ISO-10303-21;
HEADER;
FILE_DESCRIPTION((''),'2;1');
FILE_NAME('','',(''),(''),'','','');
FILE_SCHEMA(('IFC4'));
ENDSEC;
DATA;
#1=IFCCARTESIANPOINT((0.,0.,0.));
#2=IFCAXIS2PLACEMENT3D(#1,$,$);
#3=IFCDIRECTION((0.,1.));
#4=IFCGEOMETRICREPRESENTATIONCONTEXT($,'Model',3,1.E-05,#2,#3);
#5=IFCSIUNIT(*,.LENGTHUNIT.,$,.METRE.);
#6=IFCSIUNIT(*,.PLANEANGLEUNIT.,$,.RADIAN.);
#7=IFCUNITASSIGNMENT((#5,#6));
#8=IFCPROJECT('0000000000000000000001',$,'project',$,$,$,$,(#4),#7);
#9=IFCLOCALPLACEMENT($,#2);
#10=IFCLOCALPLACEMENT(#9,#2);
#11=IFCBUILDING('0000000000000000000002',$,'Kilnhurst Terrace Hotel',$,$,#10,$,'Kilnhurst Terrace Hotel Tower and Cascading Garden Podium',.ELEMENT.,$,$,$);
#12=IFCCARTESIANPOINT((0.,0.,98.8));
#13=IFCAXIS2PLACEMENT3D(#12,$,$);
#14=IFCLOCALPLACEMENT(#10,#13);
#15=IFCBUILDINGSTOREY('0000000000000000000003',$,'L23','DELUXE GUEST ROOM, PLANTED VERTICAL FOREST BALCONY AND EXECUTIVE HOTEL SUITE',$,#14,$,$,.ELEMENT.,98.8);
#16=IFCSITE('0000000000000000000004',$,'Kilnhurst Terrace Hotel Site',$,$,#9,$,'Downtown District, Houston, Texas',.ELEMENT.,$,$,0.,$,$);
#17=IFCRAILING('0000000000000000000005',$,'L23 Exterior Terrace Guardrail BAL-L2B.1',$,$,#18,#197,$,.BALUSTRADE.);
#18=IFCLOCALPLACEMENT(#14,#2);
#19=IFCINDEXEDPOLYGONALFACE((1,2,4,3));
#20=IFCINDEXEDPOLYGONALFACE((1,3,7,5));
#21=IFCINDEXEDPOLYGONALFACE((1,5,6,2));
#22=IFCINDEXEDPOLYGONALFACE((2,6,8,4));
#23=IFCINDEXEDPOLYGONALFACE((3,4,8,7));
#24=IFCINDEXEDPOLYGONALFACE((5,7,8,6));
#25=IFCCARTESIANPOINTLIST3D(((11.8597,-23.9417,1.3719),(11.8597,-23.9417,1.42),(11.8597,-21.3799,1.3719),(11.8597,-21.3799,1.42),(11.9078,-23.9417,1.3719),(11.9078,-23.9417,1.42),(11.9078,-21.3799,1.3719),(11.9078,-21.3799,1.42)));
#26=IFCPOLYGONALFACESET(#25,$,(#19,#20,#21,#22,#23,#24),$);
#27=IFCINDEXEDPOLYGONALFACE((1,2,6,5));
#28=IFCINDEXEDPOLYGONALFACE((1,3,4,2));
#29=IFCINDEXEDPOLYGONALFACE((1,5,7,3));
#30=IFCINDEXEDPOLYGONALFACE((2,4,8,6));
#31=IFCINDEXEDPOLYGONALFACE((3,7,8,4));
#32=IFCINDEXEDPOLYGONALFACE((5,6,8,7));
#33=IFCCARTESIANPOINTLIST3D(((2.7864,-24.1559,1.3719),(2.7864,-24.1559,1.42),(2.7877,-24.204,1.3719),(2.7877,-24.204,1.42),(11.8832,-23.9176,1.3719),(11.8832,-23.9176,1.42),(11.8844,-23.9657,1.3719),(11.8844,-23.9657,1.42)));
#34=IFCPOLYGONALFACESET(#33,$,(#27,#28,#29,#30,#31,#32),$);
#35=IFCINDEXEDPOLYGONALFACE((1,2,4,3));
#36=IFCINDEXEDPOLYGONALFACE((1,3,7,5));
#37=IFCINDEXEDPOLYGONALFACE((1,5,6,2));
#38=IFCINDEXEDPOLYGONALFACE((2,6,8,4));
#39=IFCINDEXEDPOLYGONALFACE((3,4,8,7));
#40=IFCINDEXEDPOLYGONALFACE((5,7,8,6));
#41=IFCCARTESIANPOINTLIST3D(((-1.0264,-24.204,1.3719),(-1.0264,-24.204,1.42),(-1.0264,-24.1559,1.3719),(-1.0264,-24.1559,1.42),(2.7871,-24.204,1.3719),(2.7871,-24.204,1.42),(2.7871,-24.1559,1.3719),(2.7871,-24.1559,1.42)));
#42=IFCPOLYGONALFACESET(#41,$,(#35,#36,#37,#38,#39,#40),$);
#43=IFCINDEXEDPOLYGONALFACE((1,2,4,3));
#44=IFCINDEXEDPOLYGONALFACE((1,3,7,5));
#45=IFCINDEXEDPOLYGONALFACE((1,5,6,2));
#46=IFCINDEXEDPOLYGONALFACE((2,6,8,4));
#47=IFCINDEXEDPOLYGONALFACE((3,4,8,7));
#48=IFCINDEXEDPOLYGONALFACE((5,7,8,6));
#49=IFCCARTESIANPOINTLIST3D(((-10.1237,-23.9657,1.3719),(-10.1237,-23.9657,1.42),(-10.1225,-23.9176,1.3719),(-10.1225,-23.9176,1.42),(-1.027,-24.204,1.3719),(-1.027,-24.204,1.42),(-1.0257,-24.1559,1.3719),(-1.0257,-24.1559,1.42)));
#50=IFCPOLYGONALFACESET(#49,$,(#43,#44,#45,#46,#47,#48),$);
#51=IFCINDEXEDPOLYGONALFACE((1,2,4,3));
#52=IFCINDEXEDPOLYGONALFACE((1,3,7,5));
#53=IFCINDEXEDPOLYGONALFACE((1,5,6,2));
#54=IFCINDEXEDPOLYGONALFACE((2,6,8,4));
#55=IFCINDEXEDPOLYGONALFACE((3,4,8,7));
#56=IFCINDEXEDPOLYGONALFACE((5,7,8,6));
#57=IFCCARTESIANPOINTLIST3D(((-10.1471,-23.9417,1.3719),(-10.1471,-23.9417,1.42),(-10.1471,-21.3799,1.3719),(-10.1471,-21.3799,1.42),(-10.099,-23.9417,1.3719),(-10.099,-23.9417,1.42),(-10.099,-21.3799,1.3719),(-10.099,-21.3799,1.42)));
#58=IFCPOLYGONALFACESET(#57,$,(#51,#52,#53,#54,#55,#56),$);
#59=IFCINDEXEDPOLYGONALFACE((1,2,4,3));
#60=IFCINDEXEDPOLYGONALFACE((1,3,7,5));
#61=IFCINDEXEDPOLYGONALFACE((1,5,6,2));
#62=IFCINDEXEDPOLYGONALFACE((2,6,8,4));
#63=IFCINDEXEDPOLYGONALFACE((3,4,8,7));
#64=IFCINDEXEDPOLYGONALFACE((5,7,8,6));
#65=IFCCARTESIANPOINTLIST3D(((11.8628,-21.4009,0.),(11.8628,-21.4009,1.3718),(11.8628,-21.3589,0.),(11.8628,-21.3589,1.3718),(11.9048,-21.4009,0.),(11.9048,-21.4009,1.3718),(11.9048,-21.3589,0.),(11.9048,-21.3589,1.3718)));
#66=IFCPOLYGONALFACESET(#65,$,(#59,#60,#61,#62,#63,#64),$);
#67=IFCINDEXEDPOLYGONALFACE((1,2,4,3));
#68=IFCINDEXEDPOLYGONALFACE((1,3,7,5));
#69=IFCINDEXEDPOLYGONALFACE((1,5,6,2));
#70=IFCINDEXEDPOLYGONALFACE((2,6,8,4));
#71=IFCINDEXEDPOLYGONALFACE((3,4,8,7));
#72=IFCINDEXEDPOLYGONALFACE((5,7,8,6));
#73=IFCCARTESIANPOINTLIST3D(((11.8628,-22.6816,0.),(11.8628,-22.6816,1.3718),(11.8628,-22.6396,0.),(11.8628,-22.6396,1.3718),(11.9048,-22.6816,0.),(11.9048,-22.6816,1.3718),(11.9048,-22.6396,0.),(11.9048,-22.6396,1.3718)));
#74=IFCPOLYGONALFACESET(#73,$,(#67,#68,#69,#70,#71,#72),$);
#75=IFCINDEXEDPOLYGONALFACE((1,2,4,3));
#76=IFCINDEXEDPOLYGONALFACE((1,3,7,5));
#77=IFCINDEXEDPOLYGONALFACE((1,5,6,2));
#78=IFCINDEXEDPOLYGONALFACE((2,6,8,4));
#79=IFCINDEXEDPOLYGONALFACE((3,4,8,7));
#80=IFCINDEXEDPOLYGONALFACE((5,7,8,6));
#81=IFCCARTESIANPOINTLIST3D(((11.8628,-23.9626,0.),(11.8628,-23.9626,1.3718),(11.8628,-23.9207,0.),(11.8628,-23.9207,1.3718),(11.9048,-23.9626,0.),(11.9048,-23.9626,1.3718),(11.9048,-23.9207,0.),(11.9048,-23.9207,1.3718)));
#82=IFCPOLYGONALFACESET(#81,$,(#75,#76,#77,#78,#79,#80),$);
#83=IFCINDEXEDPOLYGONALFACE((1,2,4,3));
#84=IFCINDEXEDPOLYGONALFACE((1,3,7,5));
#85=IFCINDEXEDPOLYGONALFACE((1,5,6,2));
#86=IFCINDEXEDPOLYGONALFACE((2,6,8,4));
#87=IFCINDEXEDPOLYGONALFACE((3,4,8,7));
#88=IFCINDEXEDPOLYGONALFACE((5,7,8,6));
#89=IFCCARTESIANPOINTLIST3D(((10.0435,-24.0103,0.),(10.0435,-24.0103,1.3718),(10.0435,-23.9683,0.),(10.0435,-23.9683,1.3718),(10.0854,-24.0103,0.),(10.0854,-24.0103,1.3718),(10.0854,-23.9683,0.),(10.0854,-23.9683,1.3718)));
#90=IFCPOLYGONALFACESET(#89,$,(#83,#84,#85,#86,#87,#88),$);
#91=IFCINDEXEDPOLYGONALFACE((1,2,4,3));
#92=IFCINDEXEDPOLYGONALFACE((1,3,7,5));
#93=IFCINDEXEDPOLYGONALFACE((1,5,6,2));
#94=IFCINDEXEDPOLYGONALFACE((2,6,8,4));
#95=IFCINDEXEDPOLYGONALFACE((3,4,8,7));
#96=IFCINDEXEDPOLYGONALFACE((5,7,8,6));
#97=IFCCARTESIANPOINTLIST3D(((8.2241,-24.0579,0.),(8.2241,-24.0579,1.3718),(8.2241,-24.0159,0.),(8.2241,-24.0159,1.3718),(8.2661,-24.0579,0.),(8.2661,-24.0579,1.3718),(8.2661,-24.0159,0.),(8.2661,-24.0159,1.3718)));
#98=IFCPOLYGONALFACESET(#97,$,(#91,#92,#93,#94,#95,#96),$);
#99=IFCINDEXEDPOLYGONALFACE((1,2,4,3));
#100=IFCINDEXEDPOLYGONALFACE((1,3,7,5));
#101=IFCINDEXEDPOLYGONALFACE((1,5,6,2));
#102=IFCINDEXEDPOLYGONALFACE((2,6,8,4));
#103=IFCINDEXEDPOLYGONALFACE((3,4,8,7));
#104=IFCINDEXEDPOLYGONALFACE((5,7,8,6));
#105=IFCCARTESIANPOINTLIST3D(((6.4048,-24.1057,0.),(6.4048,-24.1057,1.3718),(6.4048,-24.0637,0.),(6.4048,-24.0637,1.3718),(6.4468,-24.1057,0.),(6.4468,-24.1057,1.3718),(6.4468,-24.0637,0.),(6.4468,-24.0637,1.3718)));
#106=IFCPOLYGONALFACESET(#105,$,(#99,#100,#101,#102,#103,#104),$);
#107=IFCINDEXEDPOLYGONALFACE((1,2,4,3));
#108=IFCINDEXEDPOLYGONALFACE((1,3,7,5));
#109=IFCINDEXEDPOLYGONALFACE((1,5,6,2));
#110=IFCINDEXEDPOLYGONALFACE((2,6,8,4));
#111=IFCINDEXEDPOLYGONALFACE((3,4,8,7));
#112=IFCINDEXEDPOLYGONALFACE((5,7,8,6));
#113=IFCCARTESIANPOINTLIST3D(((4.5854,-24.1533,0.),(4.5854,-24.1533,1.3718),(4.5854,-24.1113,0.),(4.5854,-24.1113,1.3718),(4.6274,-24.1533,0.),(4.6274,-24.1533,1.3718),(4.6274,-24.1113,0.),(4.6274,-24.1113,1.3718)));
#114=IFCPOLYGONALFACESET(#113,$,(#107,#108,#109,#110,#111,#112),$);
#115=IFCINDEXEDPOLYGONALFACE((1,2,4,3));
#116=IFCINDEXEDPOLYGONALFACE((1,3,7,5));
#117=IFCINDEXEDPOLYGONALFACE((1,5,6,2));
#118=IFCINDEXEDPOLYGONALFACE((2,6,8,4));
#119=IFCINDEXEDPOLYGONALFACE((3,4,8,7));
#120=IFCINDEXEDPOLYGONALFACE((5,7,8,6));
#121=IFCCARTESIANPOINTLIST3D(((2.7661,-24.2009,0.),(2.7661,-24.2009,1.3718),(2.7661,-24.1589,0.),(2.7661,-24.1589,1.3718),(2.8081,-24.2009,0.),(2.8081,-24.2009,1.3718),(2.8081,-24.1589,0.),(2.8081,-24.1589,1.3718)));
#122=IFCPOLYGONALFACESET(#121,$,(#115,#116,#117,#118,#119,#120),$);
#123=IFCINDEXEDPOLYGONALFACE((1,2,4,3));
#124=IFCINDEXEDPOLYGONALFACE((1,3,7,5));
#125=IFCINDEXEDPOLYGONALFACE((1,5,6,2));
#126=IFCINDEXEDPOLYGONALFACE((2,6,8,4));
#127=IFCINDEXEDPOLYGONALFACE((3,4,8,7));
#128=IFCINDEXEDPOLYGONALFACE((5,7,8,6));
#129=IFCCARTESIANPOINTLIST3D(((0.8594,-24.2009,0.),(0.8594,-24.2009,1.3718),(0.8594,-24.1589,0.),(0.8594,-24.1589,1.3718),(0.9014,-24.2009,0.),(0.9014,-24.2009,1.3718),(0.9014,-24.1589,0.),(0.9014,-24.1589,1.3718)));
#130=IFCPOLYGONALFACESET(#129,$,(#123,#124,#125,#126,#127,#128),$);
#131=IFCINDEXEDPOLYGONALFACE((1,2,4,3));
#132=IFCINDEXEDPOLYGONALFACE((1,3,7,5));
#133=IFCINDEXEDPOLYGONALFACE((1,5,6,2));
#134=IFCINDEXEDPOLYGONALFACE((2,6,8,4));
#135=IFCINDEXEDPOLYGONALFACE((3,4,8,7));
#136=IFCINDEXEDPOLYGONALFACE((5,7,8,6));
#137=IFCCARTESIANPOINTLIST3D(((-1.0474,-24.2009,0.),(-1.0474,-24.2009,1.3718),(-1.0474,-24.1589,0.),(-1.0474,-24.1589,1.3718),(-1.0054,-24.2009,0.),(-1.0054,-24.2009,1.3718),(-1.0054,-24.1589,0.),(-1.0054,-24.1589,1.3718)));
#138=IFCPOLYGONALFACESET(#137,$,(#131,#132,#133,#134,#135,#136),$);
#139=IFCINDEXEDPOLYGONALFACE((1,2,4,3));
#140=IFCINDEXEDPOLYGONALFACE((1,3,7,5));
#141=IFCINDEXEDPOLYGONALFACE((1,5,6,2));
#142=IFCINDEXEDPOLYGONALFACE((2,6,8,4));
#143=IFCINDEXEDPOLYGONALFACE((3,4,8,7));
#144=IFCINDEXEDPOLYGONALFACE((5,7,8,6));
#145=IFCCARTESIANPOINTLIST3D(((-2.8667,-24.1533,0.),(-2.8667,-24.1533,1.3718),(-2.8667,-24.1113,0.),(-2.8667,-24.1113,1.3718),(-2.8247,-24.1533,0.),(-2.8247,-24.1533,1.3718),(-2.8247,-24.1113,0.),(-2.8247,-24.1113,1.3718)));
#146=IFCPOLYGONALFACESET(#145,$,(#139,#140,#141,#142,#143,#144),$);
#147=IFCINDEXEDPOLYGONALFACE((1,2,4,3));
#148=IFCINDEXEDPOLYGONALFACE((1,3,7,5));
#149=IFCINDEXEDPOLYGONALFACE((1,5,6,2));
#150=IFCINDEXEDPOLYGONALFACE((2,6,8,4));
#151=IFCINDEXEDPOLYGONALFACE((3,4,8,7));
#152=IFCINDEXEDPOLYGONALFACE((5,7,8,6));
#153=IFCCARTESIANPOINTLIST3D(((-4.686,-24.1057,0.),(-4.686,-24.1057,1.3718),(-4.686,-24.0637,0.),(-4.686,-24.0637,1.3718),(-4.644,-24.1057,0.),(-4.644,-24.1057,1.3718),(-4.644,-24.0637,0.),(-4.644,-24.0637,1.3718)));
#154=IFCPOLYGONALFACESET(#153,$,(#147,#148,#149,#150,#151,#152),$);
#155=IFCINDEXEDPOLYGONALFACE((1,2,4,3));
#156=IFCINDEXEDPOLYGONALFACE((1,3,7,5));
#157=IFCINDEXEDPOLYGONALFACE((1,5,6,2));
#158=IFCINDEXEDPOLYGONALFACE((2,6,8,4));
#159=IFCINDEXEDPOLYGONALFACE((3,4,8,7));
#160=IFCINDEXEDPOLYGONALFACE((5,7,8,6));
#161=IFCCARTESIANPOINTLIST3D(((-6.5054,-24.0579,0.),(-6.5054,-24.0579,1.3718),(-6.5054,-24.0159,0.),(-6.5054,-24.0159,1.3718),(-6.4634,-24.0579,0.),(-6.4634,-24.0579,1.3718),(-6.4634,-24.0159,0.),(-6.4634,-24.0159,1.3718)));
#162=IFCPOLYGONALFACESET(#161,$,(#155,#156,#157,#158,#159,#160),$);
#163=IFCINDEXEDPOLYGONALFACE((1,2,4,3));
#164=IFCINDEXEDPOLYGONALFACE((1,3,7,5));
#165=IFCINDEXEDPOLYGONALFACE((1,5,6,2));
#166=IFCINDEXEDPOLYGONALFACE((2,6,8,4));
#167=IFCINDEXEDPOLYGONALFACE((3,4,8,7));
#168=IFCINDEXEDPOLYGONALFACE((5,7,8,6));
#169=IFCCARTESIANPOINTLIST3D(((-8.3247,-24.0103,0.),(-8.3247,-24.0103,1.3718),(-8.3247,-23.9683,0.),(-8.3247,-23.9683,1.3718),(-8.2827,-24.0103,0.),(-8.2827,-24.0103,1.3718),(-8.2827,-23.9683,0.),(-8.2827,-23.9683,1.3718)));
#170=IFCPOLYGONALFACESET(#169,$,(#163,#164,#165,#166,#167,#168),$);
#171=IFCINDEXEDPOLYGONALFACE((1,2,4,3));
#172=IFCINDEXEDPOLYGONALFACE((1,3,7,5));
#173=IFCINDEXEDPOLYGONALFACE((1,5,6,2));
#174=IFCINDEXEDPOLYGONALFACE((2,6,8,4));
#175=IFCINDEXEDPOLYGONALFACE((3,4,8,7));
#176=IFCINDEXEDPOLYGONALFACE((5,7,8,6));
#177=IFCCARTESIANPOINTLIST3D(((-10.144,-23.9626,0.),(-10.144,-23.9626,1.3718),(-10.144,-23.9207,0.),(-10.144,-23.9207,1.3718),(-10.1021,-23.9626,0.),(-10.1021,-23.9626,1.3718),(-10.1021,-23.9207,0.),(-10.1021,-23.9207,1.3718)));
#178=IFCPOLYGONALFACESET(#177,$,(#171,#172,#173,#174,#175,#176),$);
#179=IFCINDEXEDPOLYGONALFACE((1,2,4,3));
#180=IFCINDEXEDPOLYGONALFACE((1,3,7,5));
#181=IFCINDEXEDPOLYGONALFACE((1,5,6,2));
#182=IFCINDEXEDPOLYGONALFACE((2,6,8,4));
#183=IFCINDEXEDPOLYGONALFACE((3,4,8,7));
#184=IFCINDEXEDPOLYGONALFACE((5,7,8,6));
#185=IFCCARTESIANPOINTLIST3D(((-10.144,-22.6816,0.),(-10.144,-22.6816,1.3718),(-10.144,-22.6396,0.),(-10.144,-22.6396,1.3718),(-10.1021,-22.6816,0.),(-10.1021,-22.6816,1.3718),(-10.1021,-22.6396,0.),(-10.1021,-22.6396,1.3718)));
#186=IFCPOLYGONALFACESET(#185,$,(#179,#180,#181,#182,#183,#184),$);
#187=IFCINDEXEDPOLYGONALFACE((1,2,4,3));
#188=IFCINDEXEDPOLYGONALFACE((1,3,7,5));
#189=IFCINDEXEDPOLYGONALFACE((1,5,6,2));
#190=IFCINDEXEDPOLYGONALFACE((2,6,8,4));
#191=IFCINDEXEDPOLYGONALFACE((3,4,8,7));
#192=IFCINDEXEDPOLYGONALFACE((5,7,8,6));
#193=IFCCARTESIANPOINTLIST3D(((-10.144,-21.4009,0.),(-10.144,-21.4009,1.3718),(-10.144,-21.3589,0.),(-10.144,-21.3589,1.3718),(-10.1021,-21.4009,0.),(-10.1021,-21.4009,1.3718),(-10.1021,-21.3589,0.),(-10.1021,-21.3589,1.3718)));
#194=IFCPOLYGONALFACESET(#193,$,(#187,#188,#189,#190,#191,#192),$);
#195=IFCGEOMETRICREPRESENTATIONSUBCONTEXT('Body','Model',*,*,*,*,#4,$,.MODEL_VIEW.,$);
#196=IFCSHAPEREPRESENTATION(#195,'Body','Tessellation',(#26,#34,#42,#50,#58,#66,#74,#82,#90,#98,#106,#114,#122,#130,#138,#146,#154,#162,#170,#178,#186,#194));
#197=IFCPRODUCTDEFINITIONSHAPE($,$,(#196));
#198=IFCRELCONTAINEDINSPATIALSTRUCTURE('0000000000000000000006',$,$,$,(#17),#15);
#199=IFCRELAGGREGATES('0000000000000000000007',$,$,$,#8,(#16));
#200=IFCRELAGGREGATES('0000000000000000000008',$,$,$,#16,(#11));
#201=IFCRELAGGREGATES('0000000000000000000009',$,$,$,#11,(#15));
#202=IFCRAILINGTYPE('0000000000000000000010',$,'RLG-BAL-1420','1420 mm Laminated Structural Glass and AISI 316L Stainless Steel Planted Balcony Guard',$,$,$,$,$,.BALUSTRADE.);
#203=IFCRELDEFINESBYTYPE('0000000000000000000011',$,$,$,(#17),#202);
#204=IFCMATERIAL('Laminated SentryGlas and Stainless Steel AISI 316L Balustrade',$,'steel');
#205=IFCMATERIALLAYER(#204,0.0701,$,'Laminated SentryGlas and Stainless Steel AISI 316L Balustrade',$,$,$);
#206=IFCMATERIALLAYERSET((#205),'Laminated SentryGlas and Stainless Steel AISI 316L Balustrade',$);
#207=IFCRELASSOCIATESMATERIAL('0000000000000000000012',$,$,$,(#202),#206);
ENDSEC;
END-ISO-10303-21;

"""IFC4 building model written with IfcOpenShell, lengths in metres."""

from ifc_helpers import new_model, si_unit, direction, frame, origin, origin_2d, place, context, subcontext, project, spatial, rectangle, extrude, material, layer, layer_set, type_object, element, save


model = new_model("IFC4")

# Units and contexts
model_context = context("Model", 3, precision=1e-05, world=origin(), true_north=direction((0.0, 1.0)))
body_context = subcontext(model_context, "Body", "Model", "MODEL_VIEW")
ifc_project = project(units=[si_unit("LENGTHUNIT", "METRE"), si_unit("PLANEANGLEUNIT", "RADIAN")], contexts=[model_context])

# Site, building, storey
site_placement = place(None, origin())
site = spatial("IfcSite", under=ifc_project, at=site_placement, Name="Kilnhurst Terrace Hotel Site", LongName="Downtown District, Houston, Texas", CompositionType="ELEMENT", RefElevation=0.0)
building_placement = place(site_placement, origin())
building = spatial("IfcBuilding", under=site, at=building_placement, Name="Kilnhurst Terrace Hotel", LongName="Kilnhurst Terrace Hotel Tower and Cascading Garden Podium", CompositionType="ELEMENT")
storey_placement = place(building_placement, frame((0.0, 0.0, 98.8)))
storey = spatial("IfcBuildingStorey", under=building, at=storey_placement, Name="L23", Description="DELUXE GUEST ROOM, PLANTED VERTICAL FOREST BALCONY AND EXECUTIVE HOTEL SUITE", CompositionType="ELEMENT", Elevation=98.8)

# Railing
ifc_material_1 = material(Name="Laminated SentryGlas and Stainless Steel AISI 316L Balustrade", Category="steel")
ifc_layer_1 = layer(ifc_material_1, 0.0701, Name="Laminated SentryGlas and Stainless Steel AISI 316L Balustrade")
ifc_layer_set_1 = layer_set([ifc_layer_1], Name="Laminated SentryGlas and Stainless Steel AISI 316L Balustrade")
railing_type = type_object("IfcRailingType", Name="RLG-BAL-1420", Description="1420 mm Laminated Structural Glass and AISI 316L Stainless Steel Planted Balcony Guard", PredefinedType="BALUSTRADE", material=ifc_layer_set_1)
railing_placement = place(storey_placement, frame((11.8838, -21.3799, 0.0)))
element("IfcRailing", 1, at=railing_placement, inside=storey, type_object=railing_type, Name="L23 Exterior Terrace Guardrail BAL-L2B.1", PredefinedType="BALUSTRADE", context=body_context, shape_type="SweptSolid", body=[
    extrude(rectangle(XDim=0.0481, YDim=0.0481, at=origin_2d()), frame((0.0, 0.0, 1.396), z_axis=(0.0, -1.0, 0.0), x_axis=(1.0, 0.0, 0.0)), (0.0, 0.0, 1.0), 2.5618),
    extrude(rectangle(XDim=0.0481, YDim=0.0481, at=origin_2d()), frame((0.0, -2.5618, 1.396), z_axis=(-0.999657, -0.026185, 0.0), x_axis=(0.026185, -0.999657, 0.0)), (0.0, 0.0, 1.0), 9.0999),
    extrude(rectangle(XDim=0.0481, YDim=0.0481, at=origin_2d()), frame((-9.0967, -2.8, 1.396), z_axis=(-1.0, 0.0, 0.0), x_axis=(0.0, -1.0, 0.0)), (0.0, 0.0, 1.0), 3.8135),
    extrude(rectangle(XDim=0.0481, YDim=0.0481, at=origin_2d()), frame((-12.9102, -2.8, 1.396), z_axis=(-0.999657, 0.026185, 0.0), x_axis=(-0.026185, -0.999657, 0.0)), (0.0, 0.0, 1.0), 9.0999),
    extrude(rectangle(XDim=0.0481, YDim=0.0481, at=origin_2d()), frame((-22.0068, -2.5618, 1.396), z_axis=(0.0, 1.0, 0.0), x_axis=(-1.0, 0.0, 0.0)), (0.0, 0.0, 1.0), 2.5618),
    extrude(rectangle(XDim=0.042, YDim=0.042, at=origin_2d()), origin(), (0.0, 0.0, 1.0), 1.3718),
    extrude(rectangle(XDim=0.042, YDim=0.042, at=origin_2d()), frame((0.0, -1.2808, 0.0)), (0.0, 0.0, 1.0), 1.3718),
    extrude(rectangle(XDim=0.042, YDim=0.042, at=origin_2d()), frame((0.0, -2.5618, 0.0)), (0.0, 0.0, 1.0), 1.3718),
    extrude(rectangle(XDim=0.042, YDim=0.042, at=origin_2d()), frame((-1.8193, -2.6094, 0.0)), (0.0, 0.0, 1.0), 1.3718),
    extrude(rectangle(XDim=0.042, YDim=0.042, at=origin_2d()), frame((-3.6387, -2.657, 0.0)), (0.0, 0.0, 1.0), 1.3718),
    extrude(rectangle(XDim=0.042, YDim=0.042, at=origin_2d()), frame((-5.458, -2.7048, 0.0)), (0.0, 0.0, 1.0), 1.3718),
    extrude(rectangle(XDim=0.042, YDim=0.042, at=origin_2d()), frame((-7.2773, -2.7524, 0.0)), (0.0, 0.0, 1.0), 1.3718),
    extrude(rectangle(XDim=0.042, YDim=0.042, at=origin_2d()), frame((-9.0967, -2.8, 0.0)), (0.0, 0.0, 1.0), 1.3718),
    extrude(rectangle(XDim=0.042, YDim=0.042, at=origin_2d()), frame((-11.0034, -2.8, 0.0)), (0.0, 0.0, 1.0), 1.3718),
    extrude(rectangle(XDim=0.042, YDim=0.042, at=origin_2d()), frame((-12.9102, -2.8, 0.0)), (0.0, 0.0, 1.0), 1.3718),
    extrude(rectangle(XDim=0.042, YDim=0.042, at=origin_2d()), frame((-14.7295, -2.7524, 0.0)), (0.0, 0.0, 1.0), 1.3718),
    extrude(rectangle(XDim=0.042, YDim=0.042, at=origin_2d()), frame((-16.5488, -2.7048, 0.0)), (0.0, 0.0, 1.0), 1.3718),
    extrude(rectangle(XDim=0.042, YDim=0.042, at=origin_2d()), frame((-18.3682, -2.657, 0.0)), (0.0, 0.0, 1.0), 1.3718),
    extrude(rectangle(XDim=0.042, YDim=0.042, at=origin_2d()), frame((-20.1875, -2.6094, 0.0)), (0.0, 0.0, 1.0), 1.3718),
    extrude(rectangle(XDim=0.042, YDim=0.042, at=origin_2d()), frame((-22.0068, -2.5618, 0.0)), (0.0, 0.0, 1.0), 1.3718),
    extrude(rectangle(XDim=0.042, YDim=0.042, at=origin_2d()), frame((-22.0068, -1.2808, 0.0)), (0.0, 0.0, 1.0), 1.3718),
    extrude(rectangle(XDim=0.042, YDim=0.042, at=origin_2d()), frame((-22.0068, 0.0, 0.0)), (0.0, 0.0, 1.0), 1.3718),
])

save(model, "model.ifc")
